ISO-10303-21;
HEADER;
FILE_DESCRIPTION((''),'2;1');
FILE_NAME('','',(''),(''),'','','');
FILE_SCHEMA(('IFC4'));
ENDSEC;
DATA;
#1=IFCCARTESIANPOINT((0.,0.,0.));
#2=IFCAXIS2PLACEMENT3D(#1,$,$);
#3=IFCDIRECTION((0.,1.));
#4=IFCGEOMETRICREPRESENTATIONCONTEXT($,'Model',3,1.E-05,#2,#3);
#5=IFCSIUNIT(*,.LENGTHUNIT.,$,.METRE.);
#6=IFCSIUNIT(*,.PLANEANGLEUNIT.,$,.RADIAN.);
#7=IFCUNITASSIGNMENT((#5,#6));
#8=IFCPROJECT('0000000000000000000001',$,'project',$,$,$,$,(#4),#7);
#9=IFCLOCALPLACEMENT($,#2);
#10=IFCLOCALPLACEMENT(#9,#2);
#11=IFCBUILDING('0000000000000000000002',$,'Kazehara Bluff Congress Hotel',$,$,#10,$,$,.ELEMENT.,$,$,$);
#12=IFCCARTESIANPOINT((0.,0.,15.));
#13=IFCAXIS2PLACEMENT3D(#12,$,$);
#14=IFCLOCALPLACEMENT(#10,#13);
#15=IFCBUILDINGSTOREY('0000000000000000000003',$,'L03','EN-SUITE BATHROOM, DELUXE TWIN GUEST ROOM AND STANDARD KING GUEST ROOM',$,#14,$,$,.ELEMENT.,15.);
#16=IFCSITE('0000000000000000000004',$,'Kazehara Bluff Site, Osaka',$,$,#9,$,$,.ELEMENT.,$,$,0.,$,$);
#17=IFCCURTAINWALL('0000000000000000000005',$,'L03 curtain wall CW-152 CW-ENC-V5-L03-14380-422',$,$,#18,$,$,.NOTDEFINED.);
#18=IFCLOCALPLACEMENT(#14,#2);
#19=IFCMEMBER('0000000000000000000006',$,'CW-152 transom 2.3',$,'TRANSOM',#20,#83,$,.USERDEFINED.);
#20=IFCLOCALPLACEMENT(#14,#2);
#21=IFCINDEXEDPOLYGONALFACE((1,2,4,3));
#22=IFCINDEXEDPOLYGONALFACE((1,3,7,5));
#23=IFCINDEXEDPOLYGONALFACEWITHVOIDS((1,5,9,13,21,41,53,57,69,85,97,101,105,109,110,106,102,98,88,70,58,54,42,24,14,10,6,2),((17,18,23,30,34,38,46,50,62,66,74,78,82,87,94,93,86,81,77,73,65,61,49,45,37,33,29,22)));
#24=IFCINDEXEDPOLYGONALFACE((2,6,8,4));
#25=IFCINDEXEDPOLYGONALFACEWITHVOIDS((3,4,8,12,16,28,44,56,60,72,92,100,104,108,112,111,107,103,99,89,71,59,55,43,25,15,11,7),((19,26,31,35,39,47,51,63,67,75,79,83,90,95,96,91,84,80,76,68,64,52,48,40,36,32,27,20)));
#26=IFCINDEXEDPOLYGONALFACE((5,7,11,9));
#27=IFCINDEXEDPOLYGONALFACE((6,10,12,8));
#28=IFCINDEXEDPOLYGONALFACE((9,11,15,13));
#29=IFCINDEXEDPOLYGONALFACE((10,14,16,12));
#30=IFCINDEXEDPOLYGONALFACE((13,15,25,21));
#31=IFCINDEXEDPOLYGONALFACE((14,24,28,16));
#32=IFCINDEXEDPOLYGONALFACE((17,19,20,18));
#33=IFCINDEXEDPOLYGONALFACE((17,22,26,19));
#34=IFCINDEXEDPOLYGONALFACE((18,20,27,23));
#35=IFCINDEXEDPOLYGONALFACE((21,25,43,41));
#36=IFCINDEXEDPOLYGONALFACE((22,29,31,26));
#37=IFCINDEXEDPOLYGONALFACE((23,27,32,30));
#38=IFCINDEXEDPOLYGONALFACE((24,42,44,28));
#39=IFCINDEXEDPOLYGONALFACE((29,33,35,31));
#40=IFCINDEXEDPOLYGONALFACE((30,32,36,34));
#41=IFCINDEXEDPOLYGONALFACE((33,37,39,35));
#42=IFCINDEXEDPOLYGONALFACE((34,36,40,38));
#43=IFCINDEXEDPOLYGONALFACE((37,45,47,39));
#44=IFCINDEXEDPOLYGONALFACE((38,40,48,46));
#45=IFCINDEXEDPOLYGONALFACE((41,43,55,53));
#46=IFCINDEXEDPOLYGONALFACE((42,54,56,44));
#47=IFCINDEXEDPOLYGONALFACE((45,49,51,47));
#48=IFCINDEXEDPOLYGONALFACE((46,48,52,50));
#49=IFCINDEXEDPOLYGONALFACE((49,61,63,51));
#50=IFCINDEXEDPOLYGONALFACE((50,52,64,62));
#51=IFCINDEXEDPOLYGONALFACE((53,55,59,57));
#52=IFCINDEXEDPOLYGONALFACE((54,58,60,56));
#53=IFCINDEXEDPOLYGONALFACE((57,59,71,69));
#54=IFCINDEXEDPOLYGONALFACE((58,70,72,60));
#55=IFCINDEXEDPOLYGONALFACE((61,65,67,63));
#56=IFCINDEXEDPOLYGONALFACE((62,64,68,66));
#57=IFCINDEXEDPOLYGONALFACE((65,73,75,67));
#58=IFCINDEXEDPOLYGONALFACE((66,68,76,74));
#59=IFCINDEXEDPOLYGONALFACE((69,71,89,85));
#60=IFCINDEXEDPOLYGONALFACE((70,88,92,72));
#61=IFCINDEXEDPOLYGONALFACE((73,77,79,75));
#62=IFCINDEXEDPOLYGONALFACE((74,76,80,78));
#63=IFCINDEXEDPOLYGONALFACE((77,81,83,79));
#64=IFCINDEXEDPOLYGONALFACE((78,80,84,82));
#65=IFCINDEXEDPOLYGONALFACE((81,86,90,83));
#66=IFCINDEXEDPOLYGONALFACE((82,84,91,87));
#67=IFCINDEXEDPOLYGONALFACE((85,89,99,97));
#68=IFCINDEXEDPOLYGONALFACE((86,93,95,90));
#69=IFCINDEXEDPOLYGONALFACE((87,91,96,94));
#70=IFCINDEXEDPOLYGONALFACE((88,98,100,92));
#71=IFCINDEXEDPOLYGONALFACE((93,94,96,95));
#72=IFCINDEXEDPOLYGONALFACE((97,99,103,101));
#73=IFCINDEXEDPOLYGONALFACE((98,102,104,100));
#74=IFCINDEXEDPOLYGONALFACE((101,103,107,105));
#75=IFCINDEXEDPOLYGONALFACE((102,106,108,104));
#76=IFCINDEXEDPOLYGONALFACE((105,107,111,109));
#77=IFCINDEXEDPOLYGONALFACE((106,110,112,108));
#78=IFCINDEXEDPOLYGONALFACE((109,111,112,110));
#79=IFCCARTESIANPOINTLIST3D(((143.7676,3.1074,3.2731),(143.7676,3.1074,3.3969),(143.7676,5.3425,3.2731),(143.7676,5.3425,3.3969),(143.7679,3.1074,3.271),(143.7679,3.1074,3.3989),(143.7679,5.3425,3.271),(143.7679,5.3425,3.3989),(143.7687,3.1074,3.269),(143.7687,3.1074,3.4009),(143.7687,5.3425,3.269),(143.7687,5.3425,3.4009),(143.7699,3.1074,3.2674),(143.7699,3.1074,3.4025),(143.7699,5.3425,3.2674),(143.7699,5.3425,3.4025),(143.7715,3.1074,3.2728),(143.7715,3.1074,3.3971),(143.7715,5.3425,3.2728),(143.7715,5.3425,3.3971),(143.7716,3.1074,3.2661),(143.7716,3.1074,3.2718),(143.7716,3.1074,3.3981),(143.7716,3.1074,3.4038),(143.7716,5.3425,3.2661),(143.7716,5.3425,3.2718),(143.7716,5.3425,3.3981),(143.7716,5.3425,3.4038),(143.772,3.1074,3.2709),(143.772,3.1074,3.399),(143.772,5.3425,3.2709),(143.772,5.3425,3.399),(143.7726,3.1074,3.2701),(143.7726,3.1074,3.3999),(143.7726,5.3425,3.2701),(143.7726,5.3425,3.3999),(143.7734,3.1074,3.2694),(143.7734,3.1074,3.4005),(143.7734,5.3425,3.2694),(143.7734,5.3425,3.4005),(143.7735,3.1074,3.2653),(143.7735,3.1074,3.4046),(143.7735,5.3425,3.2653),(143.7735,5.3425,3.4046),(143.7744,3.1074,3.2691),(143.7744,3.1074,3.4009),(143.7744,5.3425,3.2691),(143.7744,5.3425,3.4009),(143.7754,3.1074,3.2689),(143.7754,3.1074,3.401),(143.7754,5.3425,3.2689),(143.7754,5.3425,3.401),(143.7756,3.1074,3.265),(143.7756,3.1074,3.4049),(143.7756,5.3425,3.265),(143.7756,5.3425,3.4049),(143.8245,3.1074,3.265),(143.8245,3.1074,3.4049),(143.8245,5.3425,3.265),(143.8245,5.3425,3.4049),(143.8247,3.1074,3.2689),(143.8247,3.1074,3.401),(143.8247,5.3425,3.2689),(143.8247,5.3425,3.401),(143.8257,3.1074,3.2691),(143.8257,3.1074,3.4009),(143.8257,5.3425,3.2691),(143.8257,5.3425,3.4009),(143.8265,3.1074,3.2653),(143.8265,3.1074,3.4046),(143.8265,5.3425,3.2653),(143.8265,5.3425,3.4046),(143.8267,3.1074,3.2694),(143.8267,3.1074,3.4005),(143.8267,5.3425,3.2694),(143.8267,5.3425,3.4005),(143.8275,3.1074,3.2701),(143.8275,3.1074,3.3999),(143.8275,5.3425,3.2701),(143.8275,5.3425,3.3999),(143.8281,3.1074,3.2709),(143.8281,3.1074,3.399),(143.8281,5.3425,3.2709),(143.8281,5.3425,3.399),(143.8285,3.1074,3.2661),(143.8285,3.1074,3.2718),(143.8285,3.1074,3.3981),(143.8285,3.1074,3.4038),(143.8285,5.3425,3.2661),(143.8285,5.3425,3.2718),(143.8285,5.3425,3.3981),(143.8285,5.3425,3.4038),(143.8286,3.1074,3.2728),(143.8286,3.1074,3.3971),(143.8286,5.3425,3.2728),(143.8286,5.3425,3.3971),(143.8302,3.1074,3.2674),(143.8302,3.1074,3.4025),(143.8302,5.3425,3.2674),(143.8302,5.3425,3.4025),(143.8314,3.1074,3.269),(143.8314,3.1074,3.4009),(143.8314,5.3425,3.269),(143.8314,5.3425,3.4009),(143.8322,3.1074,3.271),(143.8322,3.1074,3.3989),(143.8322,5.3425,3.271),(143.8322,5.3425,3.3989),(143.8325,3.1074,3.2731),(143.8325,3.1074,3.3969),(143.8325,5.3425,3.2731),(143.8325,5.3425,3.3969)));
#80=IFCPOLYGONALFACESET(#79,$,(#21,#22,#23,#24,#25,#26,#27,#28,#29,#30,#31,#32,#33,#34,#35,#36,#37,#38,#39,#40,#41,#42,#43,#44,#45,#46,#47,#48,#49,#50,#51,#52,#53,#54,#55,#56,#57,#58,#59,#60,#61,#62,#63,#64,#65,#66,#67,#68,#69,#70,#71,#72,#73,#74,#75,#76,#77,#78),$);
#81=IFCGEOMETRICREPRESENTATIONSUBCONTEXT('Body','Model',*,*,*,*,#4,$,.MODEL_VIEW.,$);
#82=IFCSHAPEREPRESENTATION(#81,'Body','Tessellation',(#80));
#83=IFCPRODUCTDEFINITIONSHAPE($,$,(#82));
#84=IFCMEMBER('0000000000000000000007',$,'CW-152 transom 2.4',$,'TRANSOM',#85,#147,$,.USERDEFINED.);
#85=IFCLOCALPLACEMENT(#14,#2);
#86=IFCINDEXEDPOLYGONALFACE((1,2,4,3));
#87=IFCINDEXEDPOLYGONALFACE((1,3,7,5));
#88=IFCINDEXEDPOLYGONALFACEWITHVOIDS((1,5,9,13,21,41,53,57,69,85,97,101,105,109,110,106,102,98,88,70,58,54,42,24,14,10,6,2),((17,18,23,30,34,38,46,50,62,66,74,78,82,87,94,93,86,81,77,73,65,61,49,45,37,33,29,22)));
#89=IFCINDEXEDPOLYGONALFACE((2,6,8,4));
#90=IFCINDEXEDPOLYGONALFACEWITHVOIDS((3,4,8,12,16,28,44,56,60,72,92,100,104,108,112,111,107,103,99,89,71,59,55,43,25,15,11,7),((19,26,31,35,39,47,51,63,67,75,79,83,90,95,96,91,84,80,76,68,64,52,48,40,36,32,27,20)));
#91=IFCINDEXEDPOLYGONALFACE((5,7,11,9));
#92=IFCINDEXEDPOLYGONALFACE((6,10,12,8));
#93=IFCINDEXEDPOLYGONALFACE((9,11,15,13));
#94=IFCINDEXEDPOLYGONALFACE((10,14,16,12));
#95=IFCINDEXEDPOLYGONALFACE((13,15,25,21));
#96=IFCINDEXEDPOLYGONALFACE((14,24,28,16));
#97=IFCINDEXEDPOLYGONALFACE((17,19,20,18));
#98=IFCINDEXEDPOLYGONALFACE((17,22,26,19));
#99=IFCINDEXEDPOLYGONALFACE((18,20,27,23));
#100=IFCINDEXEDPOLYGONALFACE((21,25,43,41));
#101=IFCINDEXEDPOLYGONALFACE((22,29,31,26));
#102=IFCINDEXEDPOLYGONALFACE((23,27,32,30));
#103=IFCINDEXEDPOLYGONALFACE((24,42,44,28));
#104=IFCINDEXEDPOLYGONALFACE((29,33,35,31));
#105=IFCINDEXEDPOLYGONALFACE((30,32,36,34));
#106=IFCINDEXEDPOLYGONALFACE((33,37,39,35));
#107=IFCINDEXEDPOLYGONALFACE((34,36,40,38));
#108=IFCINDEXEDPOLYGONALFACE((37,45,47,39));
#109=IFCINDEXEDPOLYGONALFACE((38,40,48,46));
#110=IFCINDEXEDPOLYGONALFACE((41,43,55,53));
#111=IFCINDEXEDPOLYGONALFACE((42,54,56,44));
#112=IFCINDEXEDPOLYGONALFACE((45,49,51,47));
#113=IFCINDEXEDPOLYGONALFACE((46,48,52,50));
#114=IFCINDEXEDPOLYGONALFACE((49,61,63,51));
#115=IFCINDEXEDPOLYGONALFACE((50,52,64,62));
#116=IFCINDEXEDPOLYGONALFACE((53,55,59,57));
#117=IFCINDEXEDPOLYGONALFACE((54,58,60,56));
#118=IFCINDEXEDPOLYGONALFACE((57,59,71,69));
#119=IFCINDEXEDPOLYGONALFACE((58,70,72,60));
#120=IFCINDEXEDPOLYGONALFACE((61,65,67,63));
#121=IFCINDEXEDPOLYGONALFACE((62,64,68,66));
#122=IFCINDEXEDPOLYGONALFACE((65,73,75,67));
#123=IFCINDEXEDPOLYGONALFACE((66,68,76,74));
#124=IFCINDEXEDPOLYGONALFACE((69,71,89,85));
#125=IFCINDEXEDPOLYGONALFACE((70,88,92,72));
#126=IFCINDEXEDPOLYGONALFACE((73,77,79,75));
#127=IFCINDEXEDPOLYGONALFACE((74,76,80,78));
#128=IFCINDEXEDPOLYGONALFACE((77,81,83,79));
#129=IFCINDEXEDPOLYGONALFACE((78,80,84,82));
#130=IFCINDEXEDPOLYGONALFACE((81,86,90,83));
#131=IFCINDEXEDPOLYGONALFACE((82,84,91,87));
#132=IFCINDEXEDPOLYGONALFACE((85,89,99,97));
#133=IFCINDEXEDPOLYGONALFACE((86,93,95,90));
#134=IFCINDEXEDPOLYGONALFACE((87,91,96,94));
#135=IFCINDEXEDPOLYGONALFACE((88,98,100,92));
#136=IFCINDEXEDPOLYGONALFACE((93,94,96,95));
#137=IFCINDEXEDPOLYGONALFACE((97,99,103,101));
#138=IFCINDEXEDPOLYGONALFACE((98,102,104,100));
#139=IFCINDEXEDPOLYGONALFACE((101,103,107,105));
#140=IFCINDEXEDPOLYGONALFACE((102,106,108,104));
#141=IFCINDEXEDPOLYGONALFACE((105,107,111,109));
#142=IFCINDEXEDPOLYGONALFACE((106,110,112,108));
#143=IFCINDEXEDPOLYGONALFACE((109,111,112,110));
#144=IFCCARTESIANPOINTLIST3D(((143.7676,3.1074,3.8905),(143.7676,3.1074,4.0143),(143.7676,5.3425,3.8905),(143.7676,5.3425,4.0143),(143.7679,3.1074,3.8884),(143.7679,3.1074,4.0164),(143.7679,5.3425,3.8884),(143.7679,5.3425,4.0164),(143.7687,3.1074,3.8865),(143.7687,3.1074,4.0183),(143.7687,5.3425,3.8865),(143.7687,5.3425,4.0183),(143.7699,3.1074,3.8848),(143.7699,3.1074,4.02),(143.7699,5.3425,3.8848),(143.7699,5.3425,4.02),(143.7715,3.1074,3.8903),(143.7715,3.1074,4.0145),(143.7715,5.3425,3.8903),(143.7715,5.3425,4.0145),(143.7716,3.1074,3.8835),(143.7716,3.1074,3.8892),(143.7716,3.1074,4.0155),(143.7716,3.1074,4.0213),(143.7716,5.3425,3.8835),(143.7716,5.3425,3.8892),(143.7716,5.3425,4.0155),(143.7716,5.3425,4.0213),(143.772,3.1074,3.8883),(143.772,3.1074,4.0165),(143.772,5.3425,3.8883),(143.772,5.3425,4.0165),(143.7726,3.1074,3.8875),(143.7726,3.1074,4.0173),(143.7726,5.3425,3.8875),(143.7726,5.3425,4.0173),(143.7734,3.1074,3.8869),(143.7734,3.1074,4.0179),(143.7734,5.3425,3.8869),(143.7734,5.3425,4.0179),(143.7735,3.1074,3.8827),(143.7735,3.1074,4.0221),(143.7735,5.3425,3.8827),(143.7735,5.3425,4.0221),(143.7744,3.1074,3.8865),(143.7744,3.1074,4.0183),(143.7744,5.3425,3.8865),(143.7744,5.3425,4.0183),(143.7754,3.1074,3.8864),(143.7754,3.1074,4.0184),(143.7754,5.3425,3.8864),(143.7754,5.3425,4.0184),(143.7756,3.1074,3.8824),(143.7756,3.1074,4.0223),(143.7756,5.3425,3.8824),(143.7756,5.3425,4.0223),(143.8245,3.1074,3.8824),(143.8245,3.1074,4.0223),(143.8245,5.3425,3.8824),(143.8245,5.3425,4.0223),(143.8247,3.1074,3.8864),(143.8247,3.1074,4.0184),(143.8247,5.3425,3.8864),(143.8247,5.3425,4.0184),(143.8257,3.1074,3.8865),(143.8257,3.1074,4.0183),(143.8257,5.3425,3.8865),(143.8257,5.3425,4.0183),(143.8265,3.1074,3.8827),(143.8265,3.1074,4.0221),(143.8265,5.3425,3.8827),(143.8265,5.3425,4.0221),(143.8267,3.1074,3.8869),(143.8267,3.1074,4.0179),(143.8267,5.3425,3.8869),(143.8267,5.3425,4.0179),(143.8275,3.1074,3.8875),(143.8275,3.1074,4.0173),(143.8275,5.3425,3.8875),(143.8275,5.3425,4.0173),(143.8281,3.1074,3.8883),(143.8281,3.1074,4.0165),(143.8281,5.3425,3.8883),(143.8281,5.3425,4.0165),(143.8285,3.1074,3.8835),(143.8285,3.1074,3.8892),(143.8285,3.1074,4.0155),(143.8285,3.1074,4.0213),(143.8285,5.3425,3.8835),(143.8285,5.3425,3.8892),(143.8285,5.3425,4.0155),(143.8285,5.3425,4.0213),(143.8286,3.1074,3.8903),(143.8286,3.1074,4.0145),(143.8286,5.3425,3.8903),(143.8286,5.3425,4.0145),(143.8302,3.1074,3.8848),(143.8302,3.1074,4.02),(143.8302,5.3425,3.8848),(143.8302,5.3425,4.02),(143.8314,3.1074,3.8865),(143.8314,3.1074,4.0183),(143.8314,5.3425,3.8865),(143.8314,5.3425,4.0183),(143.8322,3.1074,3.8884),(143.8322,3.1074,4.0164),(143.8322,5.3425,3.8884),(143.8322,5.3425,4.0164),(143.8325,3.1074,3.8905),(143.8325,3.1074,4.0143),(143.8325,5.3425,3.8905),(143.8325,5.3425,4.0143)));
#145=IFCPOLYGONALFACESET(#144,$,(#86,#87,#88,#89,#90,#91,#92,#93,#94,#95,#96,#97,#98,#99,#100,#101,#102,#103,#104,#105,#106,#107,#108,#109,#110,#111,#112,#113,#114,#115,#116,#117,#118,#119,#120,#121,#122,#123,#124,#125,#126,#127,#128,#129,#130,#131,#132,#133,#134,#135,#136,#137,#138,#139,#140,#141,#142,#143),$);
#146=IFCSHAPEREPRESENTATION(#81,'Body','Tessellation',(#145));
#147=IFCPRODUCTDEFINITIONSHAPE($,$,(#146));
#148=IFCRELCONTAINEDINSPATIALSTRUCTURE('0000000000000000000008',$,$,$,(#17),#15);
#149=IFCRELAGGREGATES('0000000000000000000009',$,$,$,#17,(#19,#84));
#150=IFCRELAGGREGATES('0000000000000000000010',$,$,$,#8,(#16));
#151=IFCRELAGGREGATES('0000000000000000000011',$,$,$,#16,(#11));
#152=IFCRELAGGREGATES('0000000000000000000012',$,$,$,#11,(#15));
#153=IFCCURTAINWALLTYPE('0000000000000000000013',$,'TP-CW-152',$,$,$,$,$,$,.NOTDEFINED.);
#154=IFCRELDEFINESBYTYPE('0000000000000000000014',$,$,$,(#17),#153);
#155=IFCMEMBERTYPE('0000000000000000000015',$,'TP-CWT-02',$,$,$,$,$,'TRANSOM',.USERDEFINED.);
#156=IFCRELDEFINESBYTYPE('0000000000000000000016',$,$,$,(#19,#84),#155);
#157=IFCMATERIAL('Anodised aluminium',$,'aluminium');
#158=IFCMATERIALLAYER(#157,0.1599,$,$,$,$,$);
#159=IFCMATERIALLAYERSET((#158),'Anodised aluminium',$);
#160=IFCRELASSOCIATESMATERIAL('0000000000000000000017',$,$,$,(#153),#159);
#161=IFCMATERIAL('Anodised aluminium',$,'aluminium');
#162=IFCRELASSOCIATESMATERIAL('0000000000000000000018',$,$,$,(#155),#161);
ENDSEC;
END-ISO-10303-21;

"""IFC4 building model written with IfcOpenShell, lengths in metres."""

from ifc_helpers import new_model, si_unit, direction, frame, origin, origin_2d, place, context, subcontext, project, spatial, hollow_rectangle, extrude, material, layer, layer_set, material_profile, profile_set, type_object, element, aggregate, save


model = new_model("IFC4")

# Units and contexts
model_context = context("Model", 3, precision=1e-05, world=origin(), true_north=direction((0.0, 1.0)))
body_context = subcontext(model_context, "Body", "Model", "MODEL_VIEW")
ifc_project = project(units=[si_unit("LENGTHUNIT", "METRE"), si_unit("PLANEANGLEUNIT", "RADIAN")], contexts=[model_context])

# Site, building, storey
site_placement = place(None, origin())
site = spatial("IfcSite", under=ifc_project, at=site_placement, Name="Kazehara Bluff Site, Osaka", CompositionType="ELEMENT", RefElevation=0.0)
building_placement = place(site_placement, origin())
building = spatial("IfcBuilding", under=site, at=building_placement, Name="Kazehara Bluff Congress Hotel", CompositionType="ELEMENT")
storey_placement = place(building_placement, frame((0.0, 0.0, 15.0)))
storey = spatial("IfcBuildingStorey", under=building, at=storey_placement, Name="L03", Description="EN-SUITE BATHROOM, DELUXE TWIN GUEST ROOM AND STANDARD KING GUEST ROOM", CompositionType="ELEMENT", Elevation=15.0)

# Curtain wall
ifc_material_1 = material(Name="Anodised aluminium", Category="aluminium")
ifc_layer_1 = layer(ifc_material_1, 0.1599)
ifc_layer_set_1 = layer_set([ifc_layer_1], Name="Anodised aluminium")
curtain_wall_type_1 = type_object("IfcCurtainWallType", Name="TP-CW-152", PredefinedType="NOTDEFINED", material=ifc_layer_set_1)
curtain_wall_1_placement = place(storey_placement, origin())
curtain_wall_1 = element("IfcCurtainWall", 1, at=curtain_wall_1_placement, inside=storey, type_object=curtain_wall_type_1, Name="L03 curtain wall CW-152 CW-ENC-V5-L03-14380-422", PredefinedType="NOTDEFINED")

# Members
ifc_material_2 = material(Name="Anodised aluminium", Category="aluminium")
ifc_material_profile_1 = material_profile(ifc_material_2, hollow_rectangle(XDim=0.0649, YDim=0.1399, WallThickness=0.0039, InnerFilletRadius=0.0039, OuterFilletRadius=0.0081, at=origin_2d()))
ifc_profile_set_1 = profile_set([ifc_material_profile_1], Name="Anodised aluminium")
member_type_1 = type_object("IfcMemberType", Name="TP-CWT-02", ElementType="TRANSOM", PredefinedType="USERDEFINED", material=ifc_profile_set_1)
member_1_placement = place(storey_placement, frame((143.8, 3.1074, 3.335), z_axis=(0.0, 1.0, 0.0), x_axis=(-1.0, 0.0, 0.0)))
member_1 = element("IfcMember", 2, at=member_1_placement, type_object=member_type_1, Name="CW-152 transom 2.3", ObjectType="TRANSOM", PredefinedType="USERDEFINED", context=body_context, shape_type="SweptSolid", body=[
    extrude(hollow_rectangle(XDim=0.0649, YDim=0.1399, WallThickness=0.0039, InnerFilletRadius=0.0039, OuterFilletRadius=0.0081, at=origin_2d()), origin(), (0.0, 0.0, 1.0), 2.2351),
])
member_2_placement = place(storey_placement, frame((143.8, 3.1074, 3.9524), z_axis=(0.0, 1.0, 0.0), x_axis=(-1.0, 0.0, 0.0)))
member_2 = element("IfcMember", 3, at=member_2_placement, type_object=member_type_1, Name="CW-152 transom 2.4", ObjectType="TRANSOM", PredefinedType="USERDEFINED", context=body_context, shape_type="SweptSolid", body=[
    extrude(hollow_rectangle(XDim=0.0649, YDim=0.1399, WallThickness=0.0039, InnerFilletRadius=0.0039, OuterFilletRadius=0.0081, at=origin_2d()), origin(), (0.0, 0.0, 1.0), 2.2351),
])

aggregate(curtain_wall_1, [member_1, member_2])

save(model, "model.ifc")
